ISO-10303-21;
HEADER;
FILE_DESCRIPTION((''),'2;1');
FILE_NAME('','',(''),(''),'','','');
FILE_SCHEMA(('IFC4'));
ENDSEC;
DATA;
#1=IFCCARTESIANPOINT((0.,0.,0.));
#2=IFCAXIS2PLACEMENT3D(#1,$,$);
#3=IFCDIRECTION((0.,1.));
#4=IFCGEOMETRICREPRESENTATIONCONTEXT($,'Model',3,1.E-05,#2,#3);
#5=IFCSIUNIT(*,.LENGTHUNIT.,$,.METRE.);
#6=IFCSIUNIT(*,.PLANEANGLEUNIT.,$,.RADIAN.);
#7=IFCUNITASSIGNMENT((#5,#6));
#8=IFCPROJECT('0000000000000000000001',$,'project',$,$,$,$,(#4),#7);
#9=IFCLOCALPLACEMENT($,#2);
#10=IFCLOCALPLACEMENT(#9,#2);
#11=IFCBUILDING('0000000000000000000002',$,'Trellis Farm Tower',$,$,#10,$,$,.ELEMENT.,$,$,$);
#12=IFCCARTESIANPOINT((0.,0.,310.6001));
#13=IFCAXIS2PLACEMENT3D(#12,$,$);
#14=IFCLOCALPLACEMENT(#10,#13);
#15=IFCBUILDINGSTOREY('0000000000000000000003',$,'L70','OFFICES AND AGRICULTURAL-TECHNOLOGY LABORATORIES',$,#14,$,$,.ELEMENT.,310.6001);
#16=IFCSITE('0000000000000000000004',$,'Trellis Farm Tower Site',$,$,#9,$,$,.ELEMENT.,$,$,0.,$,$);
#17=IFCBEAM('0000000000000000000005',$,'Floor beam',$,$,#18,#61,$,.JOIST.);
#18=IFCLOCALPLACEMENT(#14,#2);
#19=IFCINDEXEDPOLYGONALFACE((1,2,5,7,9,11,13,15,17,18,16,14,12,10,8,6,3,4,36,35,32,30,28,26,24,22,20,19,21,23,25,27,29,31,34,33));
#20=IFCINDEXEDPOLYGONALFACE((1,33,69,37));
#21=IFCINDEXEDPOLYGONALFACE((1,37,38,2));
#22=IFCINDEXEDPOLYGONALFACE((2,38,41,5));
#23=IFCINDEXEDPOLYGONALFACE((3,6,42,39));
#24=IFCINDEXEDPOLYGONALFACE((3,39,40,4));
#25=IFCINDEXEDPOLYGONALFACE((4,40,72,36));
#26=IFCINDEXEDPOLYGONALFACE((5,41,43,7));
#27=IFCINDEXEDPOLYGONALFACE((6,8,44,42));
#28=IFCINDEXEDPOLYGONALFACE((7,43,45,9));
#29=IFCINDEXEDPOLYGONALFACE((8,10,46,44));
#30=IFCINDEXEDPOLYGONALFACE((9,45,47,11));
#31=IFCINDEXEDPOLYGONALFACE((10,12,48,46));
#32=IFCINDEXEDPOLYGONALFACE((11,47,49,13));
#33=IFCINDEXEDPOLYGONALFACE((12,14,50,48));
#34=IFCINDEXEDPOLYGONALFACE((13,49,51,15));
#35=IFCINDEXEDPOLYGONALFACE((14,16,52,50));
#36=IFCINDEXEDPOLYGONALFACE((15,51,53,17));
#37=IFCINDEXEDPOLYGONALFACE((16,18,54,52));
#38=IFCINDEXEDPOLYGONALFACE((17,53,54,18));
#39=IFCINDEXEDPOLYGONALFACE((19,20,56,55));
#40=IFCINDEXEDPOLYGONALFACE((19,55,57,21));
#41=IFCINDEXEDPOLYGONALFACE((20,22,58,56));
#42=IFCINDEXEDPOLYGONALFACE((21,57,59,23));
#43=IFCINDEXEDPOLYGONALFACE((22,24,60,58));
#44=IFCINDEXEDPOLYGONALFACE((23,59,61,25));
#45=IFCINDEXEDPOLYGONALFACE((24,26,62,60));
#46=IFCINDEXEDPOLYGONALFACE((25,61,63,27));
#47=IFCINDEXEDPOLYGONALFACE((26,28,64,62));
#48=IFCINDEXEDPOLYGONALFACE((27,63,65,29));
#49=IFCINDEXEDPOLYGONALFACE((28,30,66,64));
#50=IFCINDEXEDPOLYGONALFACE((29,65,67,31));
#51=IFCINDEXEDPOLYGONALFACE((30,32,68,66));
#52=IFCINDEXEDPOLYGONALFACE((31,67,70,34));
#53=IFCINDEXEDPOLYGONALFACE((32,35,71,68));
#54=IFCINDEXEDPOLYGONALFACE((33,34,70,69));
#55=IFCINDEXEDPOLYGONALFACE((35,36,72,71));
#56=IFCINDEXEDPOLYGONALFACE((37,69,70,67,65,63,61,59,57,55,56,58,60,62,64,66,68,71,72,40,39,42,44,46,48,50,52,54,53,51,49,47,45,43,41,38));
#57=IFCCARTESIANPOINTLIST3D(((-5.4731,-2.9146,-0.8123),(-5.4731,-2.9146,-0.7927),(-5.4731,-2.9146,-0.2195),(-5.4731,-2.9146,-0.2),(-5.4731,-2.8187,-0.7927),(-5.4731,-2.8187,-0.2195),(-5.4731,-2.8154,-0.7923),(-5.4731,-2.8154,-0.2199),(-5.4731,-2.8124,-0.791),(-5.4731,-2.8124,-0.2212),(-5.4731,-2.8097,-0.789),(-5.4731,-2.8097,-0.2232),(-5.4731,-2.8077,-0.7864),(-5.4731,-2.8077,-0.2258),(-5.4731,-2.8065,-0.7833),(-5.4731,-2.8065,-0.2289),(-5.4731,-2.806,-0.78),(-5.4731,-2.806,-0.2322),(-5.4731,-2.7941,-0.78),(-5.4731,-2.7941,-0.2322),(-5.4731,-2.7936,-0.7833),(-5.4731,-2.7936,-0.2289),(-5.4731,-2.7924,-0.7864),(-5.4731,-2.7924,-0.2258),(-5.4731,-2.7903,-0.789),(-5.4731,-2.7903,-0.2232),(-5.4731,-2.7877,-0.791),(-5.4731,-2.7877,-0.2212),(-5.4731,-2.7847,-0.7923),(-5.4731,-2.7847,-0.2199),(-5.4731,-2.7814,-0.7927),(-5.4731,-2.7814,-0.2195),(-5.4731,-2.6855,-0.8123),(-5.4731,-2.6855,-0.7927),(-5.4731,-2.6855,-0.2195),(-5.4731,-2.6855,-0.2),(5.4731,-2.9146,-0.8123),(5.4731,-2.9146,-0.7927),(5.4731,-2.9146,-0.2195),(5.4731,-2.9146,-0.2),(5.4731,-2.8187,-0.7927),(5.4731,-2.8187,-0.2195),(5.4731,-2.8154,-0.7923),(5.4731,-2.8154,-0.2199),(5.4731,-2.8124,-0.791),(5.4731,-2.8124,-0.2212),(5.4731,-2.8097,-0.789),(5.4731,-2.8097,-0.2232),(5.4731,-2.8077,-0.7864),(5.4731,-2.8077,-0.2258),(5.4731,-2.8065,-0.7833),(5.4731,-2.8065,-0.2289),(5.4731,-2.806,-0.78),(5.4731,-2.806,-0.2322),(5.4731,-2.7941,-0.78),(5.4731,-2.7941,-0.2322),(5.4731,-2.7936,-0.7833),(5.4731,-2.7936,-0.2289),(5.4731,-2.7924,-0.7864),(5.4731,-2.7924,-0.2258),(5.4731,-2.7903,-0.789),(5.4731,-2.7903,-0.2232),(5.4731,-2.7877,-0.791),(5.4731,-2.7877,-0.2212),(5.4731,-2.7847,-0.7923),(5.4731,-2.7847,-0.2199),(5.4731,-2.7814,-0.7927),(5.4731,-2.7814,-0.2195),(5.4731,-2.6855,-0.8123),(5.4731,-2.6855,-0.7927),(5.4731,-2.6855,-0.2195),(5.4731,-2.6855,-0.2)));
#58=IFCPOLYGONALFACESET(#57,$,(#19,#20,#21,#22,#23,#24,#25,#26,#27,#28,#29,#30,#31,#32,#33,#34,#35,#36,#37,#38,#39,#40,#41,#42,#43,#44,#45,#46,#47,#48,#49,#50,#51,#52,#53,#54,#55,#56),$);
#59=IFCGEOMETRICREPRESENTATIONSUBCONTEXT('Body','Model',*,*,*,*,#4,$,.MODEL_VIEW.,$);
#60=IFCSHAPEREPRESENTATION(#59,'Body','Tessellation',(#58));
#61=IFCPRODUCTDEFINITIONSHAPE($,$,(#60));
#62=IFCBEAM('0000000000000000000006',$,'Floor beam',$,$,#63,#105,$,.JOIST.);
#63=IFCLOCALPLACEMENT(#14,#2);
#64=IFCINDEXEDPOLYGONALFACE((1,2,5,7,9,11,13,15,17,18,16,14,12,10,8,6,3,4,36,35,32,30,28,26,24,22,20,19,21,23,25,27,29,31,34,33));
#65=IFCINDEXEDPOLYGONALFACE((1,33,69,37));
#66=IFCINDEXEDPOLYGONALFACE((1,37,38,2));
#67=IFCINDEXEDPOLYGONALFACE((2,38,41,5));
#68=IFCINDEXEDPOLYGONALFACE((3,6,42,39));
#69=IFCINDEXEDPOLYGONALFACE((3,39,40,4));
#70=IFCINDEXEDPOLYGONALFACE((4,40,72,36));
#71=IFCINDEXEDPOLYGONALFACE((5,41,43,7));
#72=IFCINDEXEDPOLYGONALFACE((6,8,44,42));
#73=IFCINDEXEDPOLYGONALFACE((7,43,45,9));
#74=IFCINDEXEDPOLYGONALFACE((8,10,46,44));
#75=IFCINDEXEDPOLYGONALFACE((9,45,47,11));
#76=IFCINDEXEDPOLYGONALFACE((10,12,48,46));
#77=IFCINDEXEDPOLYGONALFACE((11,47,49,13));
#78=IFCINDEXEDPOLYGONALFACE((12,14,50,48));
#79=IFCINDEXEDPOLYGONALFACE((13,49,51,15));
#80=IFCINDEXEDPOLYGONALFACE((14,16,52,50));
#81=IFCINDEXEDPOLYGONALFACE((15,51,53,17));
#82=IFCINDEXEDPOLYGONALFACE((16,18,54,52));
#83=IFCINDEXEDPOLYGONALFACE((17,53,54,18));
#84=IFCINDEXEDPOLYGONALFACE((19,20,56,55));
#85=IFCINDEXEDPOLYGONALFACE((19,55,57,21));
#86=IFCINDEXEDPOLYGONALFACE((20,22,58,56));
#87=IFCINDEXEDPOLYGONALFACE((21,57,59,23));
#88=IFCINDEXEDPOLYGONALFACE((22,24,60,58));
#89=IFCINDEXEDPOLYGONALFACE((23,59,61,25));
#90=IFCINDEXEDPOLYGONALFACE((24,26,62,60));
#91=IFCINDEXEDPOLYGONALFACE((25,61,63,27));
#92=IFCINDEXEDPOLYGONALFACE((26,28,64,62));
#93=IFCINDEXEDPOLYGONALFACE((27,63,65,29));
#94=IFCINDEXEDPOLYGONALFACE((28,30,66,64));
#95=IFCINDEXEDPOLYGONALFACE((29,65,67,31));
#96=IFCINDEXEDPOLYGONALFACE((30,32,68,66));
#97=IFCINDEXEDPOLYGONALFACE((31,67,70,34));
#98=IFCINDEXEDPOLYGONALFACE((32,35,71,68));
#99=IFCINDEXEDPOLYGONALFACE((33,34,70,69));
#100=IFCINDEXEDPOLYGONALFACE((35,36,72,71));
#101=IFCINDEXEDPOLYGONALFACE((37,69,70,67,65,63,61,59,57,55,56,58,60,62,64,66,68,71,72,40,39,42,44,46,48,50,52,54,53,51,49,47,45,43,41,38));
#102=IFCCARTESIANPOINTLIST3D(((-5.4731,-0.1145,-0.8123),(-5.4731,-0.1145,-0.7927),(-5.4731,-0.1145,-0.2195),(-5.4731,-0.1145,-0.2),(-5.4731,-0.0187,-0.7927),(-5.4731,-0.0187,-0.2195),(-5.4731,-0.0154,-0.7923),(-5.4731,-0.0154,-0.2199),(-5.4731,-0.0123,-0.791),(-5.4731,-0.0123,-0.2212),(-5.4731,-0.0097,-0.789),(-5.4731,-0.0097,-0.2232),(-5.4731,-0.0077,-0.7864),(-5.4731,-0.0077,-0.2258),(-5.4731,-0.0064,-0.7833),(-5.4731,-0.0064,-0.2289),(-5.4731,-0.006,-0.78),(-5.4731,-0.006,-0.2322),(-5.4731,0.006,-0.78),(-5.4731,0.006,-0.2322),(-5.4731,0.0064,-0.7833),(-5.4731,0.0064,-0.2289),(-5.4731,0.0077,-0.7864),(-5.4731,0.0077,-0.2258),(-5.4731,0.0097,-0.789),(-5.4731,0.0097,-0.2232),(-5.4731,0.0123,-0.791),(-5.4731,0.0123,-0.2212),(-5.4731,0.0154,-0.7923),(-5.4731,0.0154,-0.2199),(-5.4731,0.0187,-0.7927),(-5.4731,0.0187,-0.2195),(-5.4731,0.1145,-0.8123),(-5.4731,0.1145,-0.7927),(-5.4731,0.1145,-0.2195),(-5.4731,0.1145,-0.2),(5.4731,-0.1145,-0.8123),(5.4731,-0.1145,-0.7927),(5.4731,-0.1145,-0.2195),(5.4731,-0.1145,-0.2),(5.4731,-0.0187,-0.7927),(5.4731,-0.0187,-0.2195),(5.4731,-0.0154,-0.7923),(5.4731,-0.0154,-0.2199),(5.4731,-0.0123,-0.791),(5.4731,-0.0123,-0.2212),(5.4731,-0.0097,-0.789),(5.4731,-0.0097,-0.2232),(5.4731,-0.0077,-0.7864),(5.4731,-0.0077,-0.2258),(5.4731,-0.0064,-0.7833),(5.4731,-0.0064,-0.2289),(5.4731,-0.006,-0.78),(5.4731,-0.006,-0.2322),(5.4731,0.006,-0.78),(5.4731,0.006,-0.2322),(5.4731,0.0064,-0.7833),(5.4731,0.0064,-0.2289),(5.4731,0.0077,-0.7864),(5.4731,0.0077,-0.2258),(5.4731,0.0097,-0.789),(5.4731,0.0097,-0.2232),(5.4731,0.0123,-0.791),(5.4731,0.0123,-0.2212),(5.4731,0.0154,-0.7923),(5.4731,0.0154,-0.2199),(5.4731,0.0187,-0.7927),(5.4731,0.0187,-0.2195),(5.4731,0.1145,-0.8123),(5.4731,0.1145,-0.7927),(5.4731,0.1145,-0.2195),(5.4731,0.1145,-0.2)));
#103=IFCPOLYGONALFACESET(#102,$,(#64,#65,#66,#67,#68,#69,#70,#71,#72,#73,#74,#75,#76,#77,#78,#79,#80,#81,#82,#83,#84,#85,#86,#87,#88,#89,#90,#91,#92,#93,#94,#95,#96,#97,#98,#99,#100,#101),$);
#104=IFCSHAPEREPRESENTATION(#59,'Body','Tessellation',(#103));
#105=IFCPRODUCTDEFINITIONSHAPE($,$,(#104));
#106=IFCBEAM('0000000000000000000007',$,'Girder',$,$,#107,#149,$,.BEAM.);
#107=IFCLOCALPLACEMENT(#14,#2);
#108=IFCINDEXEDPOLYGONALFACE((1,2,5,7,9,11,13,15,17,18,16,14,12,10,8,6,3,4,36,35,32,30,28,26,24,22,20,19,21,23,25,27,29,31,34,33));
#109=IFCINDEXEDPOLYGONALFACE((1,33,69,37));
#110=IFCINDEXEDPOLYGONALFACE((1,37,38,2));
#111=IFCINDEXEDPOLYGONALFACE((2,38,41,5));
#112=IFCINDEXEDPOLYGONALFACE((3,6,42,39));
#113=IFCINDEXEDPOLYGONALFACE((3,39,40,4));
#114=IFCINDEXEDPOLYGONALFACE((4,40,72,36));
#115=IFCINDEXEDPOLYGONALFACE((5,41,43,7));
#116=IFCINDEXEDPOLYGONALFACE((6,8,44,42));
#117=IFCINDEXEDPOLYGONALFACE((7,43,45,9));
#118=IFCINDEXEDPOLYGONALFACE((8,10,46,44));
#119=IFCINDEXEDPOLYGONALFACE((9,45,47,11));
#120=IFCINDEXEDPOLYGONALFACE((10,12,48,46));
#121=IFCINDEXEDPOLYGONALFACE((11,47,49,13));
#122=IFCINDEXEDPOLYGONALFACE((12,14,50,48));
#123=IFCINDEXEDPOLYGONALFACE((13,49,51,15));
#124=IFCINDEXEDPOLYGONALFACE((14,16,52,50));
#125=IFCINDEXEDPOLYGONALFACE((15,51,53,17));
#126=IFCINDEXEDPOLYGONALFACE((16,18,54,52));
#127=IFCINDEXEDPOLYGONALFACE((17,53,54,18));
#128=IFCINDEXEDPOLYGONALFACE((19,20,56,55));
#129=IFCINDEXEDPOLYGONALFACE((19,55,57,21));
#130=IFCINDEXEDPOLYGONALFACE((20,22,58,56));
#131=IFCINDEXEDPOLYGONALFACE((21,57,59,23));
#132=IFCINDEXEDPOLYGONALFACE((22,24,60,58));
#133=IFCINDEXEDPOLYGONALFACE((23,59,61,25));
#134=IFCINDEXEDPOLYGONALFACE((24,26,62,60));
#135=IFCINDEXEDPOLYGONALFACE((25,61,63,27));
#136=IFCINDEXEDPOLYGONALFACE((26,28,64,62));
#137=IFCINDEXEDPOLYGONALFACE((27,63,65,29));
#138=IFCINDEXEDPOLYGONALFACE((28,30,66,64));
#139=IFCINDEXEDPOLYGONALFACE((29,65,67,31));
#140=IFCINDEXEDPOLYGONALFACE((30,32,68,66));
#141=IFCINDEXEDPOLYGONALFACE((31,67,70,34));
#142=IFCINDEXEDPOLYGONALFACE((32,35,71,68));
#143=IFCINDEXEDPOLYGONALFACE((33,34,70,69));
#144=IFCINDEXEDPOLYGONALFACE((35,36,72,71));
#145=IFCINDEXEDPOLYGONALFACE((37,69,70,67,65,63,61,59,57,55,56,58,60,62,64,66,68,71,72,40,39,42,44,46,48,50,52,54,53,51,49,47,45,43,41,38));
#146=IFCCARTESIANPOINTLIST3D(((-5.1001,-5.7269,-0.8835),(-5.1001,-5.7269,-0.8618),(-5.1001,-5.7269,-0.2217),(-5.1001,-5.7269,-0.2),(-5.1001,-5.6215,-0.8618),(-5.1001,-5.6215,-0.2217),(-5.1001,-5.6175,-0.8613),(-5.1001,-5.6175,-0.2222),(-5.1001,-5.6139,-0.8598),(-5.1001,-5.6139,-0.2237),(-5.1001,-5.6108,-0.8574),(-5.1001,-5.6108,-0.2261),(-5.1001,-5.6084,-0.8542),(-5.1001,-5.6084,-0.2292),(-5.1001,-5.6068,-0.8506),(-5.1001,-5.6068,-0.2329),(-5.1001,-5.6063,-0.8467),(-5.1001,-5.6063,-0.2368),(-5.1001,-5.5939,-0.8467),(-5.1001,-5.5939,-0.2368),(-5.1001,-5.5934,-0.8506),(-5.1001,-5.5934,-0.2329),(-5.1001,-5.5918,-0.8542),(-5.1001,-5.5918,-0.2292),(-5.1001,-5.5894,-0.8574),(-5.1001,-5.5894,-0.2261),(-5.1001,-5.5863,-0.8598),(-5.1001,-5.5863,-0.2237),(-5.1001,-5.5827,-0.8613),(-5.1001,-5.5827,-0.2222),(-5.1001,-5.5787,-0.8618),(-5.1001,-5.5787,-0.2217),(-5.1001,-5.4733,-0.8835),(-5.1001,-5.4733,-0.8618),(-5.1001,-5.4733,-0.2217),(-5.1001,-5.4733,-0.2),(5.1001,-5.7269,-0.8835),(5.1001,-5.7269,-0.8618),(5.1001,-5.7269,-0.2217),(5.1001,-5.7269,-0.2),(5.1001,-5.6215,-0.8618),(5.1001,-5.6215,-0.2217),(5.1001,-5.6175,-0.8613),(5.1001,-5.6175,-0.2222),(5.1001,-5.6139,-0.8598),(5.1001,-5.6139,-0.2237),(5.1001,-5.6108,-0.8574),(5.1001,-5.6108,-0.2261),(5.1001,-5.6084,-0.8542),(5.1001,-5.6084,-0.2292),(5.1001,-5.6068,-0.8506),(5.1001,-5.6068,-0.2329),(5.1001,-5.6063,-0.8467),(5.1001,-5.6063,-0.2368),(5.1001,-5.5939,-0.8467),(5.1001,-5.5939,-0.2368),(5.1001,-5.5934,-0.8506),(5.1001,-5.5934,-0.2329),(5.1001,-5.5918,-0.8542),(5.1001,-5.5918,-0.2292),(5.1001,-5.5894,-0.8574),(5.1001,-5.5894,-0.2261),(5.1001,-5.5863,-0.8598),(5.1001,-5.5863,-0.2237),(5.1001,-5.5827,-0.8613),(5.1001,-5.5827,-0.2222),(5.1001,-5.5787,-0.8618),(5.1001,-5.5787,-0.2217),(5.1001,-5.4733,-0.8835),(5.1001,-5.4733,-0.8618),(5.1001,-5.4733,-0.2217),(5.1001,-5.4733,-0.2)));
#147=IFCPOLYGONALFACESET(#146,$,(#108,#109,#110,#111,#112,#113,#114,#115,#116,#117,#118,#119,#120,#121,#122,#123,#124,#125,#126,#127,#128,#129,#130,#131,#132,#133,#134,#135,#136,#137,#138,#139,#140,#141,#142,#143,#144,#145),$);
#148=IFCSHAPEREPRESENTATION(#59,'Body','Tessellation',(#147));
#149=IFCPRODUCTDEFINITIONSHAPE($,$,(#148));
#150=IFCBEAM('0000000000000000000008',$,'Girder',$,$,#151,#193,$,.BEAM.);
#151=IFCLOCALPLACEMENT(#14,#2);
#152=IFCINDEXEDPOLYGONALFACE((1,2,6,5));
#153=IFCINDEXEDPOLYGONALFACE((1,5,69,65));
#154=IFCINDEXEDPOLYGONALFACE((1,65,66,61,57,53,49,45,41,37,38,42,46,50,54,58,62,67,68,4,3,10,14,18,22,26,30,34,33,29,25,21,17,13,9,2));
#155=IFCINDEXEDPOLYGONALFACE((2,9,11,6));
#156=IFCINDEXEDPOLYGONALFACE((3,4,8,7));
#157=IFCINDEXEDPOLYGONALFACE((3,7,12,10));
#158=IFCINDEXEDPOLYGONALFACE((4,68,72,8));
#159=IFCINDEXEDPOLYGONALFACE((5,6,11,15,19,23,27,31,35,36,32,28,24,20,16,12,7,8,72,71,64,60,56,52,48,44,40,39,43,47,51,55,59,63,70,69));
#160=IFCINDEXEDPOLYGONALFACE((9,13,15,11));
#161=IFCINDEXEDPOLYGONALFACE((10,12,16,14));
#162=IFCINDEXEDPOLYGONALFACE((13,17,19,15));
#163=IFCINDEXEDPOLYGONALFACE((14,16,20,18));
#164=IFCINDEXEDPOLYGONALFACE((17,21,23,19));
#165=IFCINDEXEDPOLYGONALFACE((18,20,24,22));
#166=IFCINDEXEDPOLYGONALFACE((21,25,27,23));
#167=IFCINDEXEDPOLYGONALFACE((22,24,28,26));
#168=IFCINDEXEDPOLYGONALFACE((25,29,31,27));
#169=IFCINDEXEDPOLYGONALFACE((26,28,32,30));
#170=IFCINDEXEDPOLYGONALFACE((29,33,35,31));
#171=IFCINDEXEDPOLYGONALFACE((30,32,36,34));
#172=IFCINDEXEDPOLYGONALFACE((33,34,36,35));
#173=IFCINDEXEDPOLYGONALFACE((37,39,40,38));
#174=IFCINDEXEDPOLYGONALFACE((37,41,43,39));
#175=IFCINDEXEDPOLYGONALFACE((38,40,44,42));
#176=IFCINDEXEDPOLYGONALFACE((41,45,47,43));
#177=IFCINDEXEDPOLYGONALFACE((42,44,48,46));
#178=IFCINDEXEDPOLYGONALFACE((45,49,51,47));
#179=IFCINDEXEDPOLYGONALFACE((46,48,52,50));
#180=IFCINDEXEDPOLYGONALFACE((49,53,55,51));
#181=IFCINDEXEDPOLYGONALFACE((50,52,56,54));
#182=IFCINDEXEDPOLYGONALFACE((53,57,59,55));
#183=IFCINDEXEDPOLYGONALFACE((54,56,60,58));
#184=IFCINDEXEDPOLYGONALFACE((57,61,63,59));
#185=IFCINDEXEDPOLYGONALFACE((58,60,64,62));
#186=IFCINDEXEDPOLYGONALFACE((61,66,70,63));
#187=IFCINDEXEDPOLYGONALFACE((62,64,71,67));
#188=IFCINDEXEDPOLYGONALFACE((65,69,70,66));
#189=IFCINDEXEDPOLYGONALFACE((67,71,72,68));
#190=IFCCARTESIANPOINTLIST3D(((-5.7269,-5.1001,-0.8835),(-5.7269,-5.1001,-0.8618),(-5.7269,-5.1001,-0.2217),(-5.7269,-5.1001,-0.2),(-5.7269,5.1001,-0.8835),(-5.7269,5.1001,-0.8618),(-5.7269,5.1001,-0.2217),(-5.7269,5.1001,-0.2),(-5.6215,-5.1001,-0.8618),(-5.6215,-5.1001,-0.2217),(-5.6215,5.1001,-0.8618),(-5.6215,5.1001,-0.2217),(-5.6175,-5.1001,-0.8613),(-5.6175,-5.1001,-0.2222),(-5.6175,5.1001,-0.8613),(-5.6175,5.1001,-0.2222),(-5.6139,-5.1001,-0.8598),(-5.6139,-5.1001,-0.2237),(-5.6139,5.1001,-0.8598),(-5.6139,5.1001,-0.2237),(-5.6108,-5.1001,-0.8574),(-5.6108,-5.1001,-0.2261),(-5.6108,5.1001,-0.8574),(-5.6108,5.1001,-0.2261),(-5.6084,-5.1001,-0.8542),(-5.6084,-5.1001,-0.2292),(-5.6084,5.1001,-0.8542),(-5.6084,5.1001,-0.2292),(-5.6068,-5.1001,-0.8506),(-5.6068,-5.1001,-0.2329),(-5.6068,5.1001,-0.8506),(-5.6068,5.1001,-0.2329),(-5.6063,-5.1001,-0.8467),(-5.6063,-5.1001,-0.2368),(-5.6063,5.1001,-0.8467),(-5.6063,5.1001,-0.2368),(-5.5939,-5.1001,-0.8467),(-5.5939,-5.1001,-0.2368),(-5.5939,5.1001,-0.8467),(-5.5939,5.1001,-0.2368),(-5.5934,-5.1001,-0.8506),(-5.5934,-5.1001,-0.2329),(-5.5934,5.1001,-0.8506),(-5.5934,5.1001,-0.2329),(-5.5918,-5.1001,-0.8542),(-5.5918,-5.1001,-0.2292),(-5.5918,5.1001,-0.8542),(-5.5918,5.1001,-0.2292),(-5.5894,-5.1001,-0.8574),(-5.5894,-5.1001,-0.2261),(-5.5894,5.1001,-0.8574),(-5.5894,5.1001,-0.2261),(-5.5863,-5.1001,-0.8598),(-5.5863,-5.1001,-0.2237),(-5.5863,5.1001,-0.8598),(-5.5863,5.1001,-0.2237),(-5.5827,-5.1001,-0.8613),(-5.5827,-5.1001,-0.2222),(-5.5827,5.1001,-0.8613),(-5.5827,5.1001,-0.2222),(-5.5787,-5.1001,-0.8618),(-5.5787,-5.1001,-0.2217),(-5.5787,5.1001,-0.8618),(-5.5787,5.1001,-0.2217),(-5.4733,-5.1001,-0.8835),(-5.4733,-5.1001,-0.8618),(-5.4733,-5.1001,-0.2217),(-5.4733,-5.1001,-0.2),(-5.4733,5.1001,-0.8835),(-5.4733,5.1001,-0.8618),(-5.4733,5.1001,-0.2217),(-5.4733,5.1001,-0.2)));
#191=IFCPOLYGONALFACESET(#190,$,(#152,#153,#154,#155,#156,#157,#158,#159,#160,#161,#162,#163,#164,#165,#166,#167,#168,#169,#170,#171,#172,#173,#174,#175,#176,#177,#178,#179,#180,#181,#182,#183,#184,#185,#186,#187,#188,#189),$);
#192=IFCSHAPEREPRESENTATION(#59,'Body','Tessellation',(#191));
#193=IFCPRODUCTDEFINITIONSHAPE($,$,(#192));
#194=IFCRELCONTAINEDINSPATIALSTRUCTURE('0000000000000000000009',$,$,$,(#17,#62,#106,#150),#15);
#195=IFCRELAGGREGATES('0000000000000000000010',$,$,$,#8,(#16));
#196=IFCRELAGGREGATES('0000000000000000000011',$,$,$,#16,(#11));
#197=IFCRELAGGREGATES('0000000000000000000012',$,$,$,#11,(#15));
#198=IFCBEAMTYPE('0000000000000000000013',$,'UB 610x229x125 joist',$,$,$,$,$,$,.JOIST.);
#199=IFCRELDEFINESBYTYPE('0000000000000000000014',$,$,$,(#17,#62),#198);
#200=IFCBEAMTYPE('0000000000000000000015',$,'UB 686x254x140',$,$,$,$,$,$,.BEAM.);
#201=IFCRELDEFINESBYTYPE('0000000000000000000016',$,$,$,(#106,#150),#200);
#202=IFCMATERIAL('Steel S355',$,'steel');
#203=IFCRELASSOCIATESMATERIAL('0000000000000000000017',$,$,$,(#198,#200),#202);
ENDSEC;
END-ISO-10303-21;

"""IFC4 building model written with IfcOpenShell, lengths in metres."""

from ifc_helpers import new_model, si_unit, direction, frame, origin, origin_2d, place, context, subcontext, project, spatial, i_section, extrude, source, transform, mapped, material, material_profile, profile_set, type_object, element, save


model = new_model("IFC4")

# Units and contexts
model_context = context("Model", 3, precision=1e-05, world=origin(), true_north=direction((0.0, 1.0)))
body_context = subcontext(model_context, "Body", "Model", "MODEL_VIEW")
ifc_project = project(units=[si_unit("LENGTHUNIT", "METRE"), si_unit("PLANEANGLEUNIT", "RADIAN")], contexts=[model_context])

# Site, building, storey
site_placement = place(None, origin())
site = spatial("IfcSite", under=ifc_project, at=site_placement, Name="Trellis Farm Tower Site", CompositionType="ELEMENT", RefElevation=0.0)
building_placement = place(site_placement, origin())
building = spatial("IfcBuilding", under=site, at=building_placement, Name="Trellis Farm Tower", CompositionType="ELEMENT")
storey_placement = place(building_placement, frame((0.0, 0.0, 310.6001)))
storey = spatial("IfcBuildingStorey", under=building, at=storey_placement, Name="L70", Description="OFFICES AND AGRICULTURAL-TECHNOLOGY LABORATORIES", CompositionType="ELEMENT", Elevation=310.6001)

# Beams
ifc_material_1 = material(Name="Steel S355", Category="steel")
ifc_material_profile_1 = material_profile(ifc_material_1, i_section(OverallWidth=0.229, OverallDepth=0.6123, WebThickness=0.012, FlangeThickness=0.0195, FilletRadius=0.0127, at=origin_2d()), Name="UB 610x229x125")
ifc_profile_set_1 = profile_set([ifc_material_profile_1], Name="Steel S355")
beam_type_1 = type_object("IfcBeamType", Name="UB 610x229x125 joist", PredefinedType="JOIST", material=ifc_profile_set_1)
shared_shape_1 = source(origin(), body_context, "Body", "SweptSolid", [
    extrude(i_section(OverallWidth=0.229, OverallDepth=0.6123, WebThickness=0.012, FlangeThickness=0.0195, FilletRadius=0.0127, at=origin_2d()), origin(), (0.0, 0.0, 1.0), 10.9463),
])
for number, where, z_axis, x_axis, name in (
    (1, (-5.4731, -2.8, -0.5061), (1.0, 0.0, 0.0), (0.0, 1.0, 0.0), "Floor beam"),
    (2, (-5.4731, 0.0, -0.5061), (1.0, 0.0, 0.0), (0.0, 1.0, 0.0), "Floor beam"),
):
    element("IfcBeam", number, at=place(storey_placement, frame(where, z_axis=z_axis, x_axis=x_axis)), inside=storey, type_object=beam_type_1, Name=name, PredefinedType="JOIST", context=body_context, shape_type="MappedRepresentation", body=[
        mapped(shared_shape_1, transform((0.0, 0.0, 0.0))),
    ])
ifc_material_profile_2 = material_profile(ifc_material_1, i_section(OverallWidth=0.2537, OverallDepth=0.6836, WebThickness=0.0125, FlangeThickness=0.0217, FilletRadius=0.0151, at=origin_2d()), Name="UB 686x254x140")
ifc_profile_set_2 = profile_set([ifc_material_profile_2], Name="Steel S355")
beam_type_2 = type_object("IfcBeamType", Name="UB 686x254x140", PredefinedType="BEAM", material=ifc_profile_set_2)
shared_shape_2 = source(origin(), body_context, "Body", "SweptSolid", [
    extrude(i_section(OverallWidth=0.2537, OverallDepth=0.6836, WebThickness=0.0125, FlangeThickness=0.0217, FilletRadius=0.0151, at=origin_2d()), origin(), (0.0, 0.0, 1.0), 10.2002),
])
for number, where, z_axis, x_axis, name in (
    (3, (-5.1001, -5.6001, -0.5417), (1.0, 0.0, 0.0), (0.0, 1.0, 0.0), "Girder"),
    (4, (-5.6001, -5.1001, -0.5417), (0.0, 1.0, 0.0), (-1.0, 0.0, 0.0), "Girder"),
):
    element("IfcBeam", number, at=place(storey_placement, frame(where, z_axis=z_axis, x_axis=x_axis)), inside=storey, type_object=beam_type_2, Name=name, PredefinedType="BEAM", context=body_context, shape_type="MappedRepresentation", body=[
        mapped(shared_shape_2, transform((0.0, 0.0, 0.0))),
    ])

save(model, "model.ifc")
